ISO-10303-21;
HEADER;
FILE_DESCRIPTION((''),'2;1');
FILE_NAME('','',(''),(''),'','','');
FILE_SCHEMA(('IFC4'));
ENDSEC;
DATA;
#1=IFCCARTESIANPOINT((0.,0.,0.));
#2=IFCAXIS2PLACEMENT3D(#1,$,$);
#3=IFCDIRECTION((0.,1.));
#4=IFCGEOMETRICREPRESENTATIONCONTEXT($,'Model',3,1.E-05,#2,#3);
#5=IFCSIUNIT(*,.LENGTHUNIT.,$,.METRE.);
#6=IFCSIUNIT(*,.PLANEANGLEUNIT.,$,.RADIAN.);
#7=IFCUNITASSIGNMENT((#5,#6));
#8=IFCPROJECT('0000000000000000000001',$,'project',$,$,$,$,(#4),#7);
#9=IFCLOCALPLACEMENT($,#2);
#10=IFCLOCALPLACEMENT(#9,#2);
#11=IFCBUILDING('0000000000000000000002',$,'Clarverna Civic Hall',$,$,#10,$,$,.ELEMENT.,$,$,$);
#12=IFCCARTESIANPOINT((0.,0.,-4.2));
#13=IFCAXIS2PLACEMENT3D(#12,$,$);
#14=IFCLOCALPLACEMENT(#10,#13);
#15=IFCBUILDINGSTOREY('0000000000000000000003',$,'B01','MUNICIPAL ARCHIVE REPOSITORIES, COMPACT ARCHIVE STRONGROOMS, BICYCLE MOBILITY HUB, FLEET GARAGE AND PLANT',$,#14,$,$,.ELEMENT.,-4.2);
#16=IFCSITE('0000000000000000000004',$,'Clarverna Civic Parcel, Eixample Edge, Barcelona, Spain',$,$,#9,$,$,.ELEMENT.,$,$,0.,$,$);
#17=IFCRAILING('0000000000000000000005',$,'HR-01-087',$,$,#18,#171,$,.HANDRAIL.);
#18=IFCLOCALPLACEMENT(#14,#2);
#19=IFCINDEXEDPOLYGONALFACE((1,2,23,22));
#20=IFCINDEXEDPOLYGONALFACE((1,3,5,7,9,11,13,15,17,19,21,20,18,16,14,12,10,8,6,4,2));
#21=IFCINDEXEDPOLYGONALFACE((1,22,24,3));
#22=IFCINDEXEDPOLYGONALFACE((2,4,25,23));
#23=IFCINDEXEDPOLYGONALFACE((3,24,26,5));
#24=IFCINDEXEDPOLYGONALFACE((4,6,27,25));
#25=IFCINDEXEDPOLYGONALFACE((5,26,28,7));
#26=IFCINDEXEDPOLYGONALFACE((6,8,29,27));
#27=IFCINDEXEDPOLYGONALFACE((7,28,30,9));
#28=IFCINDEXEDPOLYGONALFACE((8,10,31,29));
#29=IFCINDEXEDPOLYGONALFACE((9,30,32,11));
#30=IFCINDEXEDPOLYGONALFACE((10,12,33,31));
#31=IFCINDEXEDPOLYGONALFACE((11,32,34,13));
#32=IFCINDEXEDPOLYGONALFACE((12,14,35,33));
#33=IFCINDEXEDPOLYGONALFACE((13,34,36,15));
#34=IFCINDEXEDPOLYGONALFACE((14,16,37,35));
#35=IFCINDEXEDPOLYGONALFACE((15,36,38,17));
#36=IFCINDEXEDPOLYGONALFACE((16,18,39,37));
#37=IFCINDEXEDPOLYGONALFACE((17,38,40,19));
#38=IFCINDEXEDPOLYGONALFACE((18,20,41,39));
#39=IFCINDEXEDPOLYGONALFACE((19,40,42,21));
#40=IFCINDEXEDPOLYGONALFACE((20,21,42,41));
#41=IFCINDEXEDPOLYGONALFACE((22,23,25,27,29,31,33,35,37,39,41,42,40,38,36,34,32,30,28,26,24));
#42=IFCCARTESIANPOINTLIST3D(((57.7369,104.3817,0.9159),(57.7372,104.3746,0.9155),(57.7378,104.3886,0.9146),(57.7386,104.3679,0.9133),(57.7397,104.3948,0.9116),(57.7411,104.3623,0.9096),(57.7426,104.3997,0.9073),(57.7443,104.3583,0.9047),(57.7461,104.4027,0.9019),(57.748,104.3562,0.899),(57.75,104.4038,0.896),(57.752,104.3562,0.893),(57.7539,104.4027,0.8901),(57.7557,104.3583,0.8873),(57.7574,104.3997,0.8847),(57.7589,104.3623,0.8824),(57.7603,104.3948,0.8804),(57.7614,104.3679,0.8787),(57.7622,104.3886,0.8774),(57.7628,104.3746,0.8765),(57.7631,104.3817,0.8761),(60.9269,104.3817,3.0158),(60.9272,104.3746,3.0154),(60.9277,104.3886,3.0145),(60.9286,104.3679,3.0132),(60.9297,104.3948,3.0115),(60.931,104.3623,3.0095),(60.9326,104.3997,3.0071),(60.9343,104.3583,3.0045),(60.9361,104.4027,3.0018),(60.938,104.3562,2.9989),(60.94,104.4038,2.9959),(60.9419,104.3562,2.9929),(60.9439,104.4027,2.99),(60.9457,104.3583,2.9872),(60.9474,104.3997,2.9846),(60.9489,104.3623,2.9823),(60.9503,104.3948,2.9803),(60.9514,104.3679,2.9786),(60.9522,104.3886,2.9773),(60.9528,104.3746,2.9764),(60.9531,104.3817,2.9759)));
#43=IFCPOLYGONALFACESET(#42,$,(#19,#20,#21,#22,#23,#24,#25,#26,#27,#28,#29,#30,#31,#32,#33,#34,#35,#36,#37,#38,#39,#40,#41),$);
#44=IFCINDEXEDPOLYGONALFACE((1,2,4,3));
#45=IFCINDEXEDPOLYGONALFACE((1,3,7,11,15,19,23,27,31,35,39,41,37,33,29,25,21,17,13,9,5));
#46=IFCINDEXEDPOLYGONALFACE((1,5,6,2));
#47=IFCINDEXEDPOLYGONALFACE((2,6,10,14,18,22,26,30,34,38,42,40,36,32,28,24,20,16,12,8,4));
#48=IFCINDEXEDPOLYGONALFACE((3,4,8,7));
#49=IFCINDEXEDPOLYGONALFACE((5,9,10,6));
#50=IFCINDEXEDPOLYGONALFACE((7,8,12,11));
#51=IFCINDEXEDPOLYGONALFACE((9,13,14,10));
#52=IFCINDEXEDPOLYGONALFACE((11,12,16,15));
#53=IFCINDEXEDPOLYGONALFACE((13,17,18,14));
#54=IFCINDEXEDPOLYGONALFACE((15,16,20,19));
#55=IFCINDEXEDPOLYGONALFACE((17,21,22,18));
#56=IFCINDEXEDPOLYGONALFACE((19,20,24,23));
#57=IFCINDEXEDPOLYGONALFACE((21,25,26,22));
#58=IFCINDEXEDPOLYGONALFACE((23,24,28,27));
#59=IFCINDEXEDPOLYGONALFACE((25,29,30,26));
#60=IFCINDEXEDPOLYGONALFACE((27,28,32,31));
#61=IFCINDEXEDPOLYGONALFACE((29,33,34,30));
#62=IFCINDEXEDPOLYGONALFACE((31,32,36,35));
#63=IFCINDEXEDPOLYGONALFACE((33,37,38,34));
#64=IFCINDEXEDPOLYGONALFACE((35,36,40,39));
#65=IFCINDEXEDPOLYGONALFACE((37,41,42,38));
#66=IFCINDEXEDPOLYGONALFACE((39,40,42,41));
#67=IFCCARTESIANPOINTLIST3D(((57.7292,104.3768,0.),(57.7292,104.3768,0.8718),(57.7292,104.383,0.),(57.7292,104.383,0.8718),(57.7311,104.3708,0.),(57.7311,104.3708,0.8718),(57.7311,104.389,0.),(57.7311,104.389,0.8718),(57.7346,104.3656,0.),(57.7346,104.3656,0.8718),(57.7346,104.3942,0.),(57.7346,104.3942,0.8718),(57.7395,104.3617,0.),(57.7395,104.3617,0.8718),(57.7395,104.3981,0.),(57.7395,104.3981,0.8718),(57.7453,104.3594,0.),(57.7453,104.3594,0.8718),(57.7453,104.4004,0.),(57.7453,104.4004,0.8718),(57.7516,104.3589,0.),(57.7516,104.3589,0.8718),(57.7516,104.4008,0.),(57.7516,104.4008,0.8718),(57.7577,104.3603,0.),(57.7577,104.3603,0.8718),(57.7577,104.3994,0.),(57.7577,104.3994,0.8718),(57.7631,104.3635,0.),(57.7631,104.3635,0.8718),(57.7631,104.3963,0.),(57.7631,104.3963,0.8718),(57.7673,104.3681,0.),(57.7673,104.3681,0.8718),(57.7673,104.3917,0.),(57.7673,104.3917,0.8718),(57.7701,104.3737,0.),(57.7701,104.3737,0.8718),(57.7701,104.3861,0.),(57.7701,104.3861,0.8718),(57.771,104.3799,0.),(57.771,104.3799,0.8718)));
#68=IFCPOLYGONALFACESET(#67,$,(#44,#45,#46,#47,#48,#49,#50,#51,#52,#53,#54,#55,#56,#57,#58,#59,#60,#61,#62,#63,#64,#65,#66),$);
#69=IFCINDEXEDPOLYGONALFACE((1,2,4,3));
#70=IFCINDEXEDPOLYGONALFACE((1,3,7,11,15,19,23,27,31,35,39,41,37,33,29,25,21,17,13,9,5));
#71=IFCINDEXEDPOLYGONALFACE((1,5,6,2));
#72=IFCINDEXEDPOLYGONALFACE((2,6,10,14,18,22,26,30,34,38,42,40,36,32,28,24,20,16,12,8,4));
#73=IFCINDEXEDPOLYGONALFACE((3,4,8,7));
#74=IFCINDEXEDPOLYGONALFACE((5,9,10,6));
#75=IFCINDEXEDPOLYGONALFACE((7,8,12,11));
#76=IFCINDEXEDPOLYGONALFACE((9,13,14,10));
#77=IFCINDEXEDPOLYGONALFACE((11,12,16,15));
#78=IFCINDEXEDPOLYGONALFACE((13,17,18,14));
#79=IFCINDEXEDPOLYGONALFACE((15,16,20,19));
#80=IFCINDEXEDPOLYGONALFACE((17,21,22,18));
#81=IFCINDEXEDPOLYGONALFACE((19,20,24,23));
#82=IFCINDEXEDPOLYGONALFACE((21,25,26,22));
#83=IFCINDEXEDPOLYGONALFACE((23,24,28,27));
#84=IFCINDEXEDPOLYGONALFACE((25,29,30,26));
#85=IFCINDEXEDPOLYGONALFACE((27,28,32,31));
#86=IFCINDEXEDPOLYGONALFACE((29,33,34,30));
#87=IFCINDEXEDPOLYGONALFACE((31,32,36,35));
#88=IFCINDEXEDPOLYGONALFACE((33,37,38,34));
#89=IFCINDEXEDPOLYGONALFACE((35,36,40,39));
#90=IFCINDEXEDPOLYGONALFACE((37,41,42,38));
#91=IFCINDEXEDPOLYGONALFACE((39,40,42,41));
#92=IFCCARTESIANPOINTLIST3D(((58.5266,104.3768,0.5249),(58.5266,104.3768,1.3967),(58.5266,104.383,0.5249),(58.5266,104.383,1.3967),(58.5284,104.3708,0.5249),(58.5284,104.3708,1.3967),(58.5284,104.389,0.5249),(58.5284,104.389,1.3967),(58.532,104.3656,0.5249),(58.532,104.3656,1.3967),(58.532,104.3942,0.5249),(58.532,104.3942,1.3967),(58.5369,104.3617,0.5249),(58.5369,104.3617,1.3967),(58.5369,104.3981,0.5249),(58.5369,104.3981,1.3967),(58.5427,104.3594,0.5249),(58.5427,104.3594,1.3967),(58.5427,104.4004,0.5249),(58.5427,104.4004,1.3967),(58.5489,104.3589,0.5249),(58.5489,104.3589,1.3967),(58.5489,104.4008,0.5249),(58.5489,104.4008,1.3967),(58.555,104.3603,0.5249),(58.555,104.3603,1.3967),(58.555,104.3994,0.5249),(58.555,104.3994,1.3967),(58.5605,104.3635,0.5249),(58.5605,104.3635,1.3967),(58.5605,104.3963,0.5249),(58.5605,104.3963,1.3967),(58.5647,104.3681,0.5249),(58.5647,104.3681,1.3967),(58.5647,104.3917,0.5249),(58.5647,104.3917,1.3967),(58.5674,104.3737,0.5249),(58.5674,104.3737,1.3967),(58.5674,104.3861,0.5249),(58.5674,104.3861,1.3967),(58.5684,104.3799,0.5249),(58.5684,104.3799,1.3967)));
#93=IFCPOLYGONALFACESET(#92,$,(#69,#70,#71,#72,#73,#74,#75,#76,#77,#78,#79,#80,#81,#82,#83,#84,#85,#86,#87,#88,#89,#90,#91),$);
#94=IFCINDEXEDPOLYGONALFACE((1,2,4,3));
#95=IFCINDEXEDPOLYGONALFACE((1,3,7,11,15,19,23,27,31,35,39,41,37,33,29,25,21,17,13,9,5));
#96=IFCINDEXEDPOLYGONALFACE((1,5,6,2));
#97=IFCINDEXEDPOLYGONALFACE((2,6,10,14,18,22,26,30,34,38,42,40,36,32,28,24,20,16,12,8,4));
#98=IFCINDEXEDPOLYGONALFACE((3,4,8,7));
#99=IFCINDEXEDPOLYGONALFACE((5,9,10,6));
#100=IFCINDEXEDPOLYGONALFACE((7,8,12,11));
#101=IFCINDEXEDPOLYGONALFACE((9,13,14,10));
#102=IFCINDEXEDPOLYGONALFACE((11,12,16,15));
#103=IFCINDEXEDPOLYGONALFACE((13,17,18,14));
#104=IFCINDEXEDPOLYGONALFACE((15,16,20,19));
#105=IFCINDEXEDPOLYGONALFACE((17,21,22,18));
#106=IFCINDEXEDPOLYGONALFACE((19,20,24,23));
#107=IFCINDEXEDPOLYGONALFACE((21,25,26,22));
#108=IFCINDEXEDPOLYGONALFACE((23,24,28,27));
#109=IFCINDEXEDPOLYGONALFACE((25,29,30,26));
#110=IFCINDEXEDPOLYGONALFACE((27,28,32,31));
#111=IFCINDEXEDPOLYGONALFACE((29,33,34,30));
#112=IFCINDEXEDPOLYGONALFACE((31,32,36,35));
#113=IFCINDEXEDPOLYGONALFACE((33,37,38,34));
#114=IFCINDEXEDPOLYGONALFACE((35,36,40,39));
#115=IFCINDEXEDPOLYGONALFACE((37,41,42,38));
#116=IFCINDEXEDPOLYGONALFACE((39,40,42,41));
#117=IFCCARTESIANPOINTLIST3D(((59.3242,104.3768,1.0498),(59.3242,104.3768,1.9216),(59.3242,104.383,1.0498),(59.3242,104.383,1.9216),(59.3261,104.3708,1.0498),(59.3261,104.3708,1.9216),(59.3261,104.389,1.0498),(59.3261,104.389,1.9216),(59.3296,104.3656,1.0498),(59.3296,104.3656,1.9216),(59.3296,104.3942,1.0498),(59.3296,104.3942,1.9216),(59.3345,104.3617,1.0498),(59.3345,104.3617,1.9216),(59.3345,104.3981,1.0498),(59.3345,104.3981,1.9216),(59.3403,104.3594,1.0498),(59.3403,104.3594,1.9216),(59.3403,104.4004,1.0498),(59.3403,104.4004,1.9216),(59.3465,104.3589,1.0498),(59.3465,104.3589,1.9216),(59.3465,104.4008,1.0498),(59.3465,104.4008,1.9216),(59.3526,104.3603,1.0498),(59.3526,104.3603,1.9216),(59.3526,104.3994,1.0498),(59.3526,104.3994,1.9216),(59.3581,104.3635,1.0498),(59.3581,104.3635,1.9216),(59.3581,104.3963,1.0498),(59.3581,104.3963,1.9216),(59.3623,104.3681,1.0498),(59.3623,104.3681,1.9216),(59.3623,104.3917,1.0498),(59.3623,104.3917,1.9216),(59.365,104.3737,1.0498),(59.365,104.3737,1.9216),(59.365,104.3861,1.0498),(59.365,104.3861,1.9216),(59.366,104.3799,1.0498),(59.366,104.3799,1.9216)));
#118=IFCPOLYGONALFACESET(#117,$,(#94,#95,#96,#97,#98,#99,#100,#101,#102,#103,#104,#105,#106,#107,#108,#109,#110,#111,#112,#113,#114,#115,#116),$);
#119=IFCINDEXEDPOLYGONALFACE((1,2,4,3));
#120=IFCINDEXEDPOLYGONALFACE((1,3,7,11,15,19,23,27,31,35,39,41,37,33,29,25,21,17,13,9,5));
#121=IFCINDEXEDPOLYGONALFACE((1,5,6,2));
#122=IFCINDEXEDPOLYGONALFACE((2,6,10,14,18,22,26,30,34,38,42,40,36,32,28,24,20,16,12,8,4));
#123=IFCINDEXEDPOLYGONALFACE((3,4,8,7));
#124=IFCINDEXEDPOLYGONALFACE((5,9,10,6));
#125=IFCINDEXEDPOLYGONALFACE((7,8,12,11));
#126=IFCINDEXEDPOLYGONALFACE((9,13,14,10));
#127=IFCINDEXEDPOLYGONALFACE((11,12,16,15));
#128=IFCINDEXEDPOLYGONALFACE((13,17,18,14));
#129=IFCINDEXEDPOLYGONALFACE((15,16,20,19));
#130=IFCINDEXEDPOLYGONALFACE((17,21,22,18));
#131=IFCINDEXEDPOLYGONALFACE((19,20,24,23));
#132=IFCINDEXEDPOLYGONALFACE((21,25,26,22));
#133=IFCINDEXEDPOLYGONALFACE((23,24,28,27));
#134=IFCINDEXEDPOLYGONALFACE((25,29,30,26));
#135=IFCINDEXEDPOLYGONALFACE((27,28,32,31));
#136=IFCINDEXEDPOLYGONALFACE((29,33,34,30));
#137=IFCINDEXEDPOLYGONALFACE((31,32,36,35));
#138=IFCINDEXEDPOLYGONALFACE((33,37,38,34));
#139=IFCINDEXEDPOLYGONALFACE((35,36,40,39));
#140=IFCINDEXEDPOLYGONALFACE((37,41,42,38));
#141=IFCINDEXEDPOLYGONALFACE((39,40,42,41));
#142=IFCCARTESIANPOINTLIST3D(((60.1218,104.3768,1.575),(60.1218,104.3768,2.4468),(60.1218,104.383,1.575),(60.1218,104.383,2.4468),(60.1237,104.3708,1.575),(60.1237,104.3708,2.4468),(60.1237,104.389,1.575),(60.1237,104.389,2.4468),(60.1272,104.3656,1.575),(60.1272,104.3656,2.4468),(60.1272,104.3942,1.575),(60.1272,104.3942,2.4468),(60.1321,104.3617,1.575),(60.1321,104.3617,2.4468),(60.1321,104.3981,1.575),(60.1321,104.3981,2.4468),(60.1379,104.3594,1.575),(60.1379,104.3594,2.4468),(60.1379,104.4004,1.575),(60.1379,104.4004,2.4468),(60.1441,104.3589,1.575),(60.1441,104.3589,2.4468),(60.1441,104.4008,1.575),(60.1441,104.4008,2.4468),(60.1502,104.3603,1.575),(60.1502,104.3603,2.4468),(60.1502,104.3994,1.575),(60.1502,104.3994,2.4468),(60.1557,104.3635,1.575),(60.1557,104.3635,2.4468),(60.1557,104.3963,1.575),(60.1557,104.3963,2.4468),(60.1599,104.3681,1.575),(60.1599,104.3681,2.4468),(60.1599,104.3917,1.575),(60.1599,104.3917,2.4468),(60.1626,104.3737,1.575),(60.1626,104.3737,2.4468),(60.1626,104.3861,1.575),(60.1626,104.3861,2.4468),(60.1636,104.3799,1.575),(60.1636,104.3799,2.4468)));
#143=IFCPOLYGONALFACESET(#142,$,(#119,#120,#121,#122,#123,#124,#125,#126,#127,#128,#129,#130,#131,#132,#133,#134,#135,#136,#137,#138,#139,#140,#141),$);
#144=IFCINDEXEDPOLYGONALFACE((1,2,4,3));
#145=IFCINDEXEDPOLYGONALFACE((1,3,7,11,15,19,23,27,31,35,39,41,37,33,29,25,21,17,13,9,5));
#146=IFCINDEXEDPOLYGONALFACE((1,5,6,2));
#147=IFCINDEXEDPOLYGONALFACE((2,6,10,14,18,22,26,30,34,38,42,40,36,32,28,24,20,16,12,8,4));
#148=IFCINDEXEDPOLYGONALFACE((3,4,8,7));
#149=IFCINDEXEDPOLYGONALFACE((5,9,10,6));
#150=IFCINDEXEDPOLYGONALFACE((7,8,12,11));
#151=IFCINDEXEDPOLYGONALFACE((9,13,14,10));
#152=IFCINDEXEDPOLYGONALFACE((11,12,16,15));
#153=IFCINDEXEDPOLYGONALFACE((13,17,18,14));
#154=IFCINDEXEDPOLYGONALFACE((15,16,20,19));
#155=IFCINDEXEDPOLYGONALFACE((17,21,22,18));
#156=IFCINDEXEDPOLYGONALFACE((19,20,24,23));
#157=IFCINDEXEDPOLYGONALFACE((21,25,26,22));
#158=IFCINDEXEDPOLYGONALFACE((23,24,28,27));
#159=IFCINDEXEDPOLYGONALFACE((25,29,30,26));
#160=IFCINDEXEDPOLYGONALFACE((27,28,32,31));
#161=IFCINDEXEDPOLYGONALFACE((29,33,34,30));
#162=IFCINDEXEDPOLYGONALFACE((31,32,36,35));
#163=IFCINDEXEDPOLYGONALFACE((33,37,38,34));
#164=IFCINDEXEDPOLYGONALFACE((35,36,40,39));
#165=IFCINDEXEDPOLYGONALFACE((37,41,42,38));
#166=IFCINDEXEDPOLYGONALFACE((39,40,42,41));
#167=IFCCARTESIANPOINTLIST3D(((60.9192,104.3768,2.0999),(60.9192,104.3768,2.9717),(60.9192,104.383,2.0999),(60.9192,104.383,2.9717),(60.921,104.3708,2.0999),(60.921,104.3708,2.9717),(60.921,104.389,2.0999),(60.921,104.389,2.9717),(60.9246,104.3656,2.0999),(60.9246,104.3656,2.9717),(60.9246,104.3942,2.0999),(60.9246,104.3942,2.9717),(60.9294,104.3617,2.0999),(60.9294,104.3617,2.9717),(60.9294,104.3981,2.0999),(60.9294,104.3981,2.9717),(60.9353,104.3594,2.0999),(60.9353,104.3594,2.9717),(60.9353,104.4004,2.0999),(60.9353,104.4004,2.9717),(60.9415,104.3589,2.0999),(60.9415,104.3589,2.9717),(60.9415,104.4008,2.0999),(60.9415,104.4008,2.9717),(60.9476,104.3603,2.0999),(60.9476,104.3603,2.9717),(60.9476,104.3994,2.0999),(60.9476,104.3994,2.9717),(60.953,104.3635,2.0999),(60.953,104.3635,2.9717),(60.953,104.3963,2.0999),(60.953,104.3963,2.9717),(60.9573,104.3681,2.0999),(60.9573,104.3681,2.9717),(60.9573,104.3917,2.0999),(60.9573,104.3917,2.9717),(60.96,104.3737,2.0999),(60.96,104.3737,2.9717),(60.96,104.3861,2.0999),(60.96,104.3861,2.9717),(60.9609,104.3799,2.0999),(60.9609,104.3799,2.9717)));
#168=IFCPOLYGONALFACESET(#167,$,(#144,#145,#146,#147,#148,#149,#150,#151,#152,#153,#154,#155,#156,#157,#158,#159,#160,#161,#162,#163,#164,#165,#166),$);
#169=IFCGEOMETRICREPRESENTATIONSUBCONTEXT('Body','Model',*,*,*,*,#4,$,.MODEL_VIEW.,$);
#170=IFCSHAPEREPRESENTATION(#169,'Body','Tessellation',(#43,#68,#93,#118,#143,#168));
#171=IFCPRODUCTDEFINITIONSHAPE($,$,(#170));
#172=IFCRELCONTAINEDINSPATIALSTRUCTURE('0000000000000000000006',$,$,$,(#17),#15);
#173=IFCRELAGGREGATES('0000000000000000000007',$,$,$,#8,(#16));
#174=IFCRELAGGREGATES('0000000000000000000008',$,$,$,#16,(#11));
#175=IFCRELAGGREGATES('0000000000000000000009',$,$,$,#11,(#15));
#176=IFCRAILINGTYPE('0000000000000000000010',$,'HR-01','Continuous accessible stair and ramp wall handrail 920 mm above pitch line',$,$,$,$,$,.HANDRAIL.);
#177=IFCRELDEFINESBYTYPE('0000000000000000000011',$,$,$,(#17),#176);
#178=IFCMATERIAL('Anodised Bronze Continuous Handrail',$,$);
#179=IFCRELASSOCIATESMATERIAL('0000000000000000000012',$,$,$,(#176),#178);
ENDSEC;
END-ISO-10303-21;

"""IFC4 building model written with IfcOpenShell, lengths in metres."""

from ifc_helpers import new_model, si_unit, direction, frame, origin, origin_2d, place, context, subcontext, project, spatial, circle, extrude, material, type_object, element, save


model = new_model("IFC4")

# Units and contexts
model_context = context("Model", 3, precision=1e-05, world=origin(), true_north=direction((0.0, 1.0)))
body_context = subcontext(model_context, "Body", "Model", "MODEL_VIEW")
ifc_project = project(units=[si_unit("LENGTHUNIT", "METRE"), si_unit("PLANEANGLEUNIT", "RADIAN")], contexts=[model_context])

# Site, building, storey
site_placement = place(None, origin())
site = spatial("IfcSite", under=ifc_project, at=site_placement, Name="Clarverna Civic Parcel, Eixample Edge, Barcelona, Spain", CompositionType="ELEMENT", RefElevation=0.0)
building_placement = place(site_placement, origin())
building = spatial("IfcBuilding", under=site, at=building_placement, Name="Clarverna Civic Hall", CompositionType="ELEMENT")
storey_placement = place(building_placement, frame((0.0, 0.0, -4.2)))
storey = spatial("IfcBuildingStorey", under=building, at=storey_placement, Name="B01", Description="MUNICIPAL ARCHIVE REPOSITORIES, COMPACT ARCHIVE STRONGROOMS, BICYCLE MOBILITY HUB, FLEET GARAGE AND PLANT", CompositionType="ELEMENT", Elevation=-4.2)

# Railing
ifc_material_1 = material(Name="Anodised Bronze Continuous Handrail")
railing_type_1 = type_object("IfcRailingType", Name="HR-01", Description="Continuous accessible stair and ramp wall handrail 920 mm above pitch line", PredefinedType="HANDRAIL", material=ifc_material_1)
railing_1_placement = place(storey_placement, frame((57.75, 104.3799, 0.0)))
element("IfcRailing", 1, at=railing_1_placement, inside=storey, type_object=railing_type_1, Name="HR-01-087", PredefinedType="HANDRAIL", context=body_context, shape_type="SweptSolid", body=[
    extrude(circle(Radius=0.0239, at=origin_2d()), frame((0.0, 0.0, 0.896), z_axis=(0.835272, 0.0, 0.549837), x_axis=(0.0, 1.0, 0.0)), (0.0, 0.0, 1.0), 3.8191),
    extrude(circle(Radius=0.021, at=origin_2d()), origin(), (0.0, 0.0, 1.0), 0.8718),
    extrude(circle(Radius=0.021, at=origin_2d()), frame((0.7974, 0.0, 0.5249)), (0.0, 0.0, 1.0), 0.8718),
    extrude(circle(Radius=0.021, at=origin_2d()), frame((1.595, 0.0, 1.0498)), (0.0, 0.0, 1.0), 0.8718),
    extrude(circle(Radius=0.021, at=origin_2d()), frame((2.3926, 0.0, 1.575)), (0.0, 0.0, 1.0), 0.8718),
    extrude(circle(Radius=0.021, at=origin_2d()), frame((3.1899, 0.0, 2.0999)), (0.0, 0.0, 1.0), 0.8718),
])

save(model, "model.ifc")
